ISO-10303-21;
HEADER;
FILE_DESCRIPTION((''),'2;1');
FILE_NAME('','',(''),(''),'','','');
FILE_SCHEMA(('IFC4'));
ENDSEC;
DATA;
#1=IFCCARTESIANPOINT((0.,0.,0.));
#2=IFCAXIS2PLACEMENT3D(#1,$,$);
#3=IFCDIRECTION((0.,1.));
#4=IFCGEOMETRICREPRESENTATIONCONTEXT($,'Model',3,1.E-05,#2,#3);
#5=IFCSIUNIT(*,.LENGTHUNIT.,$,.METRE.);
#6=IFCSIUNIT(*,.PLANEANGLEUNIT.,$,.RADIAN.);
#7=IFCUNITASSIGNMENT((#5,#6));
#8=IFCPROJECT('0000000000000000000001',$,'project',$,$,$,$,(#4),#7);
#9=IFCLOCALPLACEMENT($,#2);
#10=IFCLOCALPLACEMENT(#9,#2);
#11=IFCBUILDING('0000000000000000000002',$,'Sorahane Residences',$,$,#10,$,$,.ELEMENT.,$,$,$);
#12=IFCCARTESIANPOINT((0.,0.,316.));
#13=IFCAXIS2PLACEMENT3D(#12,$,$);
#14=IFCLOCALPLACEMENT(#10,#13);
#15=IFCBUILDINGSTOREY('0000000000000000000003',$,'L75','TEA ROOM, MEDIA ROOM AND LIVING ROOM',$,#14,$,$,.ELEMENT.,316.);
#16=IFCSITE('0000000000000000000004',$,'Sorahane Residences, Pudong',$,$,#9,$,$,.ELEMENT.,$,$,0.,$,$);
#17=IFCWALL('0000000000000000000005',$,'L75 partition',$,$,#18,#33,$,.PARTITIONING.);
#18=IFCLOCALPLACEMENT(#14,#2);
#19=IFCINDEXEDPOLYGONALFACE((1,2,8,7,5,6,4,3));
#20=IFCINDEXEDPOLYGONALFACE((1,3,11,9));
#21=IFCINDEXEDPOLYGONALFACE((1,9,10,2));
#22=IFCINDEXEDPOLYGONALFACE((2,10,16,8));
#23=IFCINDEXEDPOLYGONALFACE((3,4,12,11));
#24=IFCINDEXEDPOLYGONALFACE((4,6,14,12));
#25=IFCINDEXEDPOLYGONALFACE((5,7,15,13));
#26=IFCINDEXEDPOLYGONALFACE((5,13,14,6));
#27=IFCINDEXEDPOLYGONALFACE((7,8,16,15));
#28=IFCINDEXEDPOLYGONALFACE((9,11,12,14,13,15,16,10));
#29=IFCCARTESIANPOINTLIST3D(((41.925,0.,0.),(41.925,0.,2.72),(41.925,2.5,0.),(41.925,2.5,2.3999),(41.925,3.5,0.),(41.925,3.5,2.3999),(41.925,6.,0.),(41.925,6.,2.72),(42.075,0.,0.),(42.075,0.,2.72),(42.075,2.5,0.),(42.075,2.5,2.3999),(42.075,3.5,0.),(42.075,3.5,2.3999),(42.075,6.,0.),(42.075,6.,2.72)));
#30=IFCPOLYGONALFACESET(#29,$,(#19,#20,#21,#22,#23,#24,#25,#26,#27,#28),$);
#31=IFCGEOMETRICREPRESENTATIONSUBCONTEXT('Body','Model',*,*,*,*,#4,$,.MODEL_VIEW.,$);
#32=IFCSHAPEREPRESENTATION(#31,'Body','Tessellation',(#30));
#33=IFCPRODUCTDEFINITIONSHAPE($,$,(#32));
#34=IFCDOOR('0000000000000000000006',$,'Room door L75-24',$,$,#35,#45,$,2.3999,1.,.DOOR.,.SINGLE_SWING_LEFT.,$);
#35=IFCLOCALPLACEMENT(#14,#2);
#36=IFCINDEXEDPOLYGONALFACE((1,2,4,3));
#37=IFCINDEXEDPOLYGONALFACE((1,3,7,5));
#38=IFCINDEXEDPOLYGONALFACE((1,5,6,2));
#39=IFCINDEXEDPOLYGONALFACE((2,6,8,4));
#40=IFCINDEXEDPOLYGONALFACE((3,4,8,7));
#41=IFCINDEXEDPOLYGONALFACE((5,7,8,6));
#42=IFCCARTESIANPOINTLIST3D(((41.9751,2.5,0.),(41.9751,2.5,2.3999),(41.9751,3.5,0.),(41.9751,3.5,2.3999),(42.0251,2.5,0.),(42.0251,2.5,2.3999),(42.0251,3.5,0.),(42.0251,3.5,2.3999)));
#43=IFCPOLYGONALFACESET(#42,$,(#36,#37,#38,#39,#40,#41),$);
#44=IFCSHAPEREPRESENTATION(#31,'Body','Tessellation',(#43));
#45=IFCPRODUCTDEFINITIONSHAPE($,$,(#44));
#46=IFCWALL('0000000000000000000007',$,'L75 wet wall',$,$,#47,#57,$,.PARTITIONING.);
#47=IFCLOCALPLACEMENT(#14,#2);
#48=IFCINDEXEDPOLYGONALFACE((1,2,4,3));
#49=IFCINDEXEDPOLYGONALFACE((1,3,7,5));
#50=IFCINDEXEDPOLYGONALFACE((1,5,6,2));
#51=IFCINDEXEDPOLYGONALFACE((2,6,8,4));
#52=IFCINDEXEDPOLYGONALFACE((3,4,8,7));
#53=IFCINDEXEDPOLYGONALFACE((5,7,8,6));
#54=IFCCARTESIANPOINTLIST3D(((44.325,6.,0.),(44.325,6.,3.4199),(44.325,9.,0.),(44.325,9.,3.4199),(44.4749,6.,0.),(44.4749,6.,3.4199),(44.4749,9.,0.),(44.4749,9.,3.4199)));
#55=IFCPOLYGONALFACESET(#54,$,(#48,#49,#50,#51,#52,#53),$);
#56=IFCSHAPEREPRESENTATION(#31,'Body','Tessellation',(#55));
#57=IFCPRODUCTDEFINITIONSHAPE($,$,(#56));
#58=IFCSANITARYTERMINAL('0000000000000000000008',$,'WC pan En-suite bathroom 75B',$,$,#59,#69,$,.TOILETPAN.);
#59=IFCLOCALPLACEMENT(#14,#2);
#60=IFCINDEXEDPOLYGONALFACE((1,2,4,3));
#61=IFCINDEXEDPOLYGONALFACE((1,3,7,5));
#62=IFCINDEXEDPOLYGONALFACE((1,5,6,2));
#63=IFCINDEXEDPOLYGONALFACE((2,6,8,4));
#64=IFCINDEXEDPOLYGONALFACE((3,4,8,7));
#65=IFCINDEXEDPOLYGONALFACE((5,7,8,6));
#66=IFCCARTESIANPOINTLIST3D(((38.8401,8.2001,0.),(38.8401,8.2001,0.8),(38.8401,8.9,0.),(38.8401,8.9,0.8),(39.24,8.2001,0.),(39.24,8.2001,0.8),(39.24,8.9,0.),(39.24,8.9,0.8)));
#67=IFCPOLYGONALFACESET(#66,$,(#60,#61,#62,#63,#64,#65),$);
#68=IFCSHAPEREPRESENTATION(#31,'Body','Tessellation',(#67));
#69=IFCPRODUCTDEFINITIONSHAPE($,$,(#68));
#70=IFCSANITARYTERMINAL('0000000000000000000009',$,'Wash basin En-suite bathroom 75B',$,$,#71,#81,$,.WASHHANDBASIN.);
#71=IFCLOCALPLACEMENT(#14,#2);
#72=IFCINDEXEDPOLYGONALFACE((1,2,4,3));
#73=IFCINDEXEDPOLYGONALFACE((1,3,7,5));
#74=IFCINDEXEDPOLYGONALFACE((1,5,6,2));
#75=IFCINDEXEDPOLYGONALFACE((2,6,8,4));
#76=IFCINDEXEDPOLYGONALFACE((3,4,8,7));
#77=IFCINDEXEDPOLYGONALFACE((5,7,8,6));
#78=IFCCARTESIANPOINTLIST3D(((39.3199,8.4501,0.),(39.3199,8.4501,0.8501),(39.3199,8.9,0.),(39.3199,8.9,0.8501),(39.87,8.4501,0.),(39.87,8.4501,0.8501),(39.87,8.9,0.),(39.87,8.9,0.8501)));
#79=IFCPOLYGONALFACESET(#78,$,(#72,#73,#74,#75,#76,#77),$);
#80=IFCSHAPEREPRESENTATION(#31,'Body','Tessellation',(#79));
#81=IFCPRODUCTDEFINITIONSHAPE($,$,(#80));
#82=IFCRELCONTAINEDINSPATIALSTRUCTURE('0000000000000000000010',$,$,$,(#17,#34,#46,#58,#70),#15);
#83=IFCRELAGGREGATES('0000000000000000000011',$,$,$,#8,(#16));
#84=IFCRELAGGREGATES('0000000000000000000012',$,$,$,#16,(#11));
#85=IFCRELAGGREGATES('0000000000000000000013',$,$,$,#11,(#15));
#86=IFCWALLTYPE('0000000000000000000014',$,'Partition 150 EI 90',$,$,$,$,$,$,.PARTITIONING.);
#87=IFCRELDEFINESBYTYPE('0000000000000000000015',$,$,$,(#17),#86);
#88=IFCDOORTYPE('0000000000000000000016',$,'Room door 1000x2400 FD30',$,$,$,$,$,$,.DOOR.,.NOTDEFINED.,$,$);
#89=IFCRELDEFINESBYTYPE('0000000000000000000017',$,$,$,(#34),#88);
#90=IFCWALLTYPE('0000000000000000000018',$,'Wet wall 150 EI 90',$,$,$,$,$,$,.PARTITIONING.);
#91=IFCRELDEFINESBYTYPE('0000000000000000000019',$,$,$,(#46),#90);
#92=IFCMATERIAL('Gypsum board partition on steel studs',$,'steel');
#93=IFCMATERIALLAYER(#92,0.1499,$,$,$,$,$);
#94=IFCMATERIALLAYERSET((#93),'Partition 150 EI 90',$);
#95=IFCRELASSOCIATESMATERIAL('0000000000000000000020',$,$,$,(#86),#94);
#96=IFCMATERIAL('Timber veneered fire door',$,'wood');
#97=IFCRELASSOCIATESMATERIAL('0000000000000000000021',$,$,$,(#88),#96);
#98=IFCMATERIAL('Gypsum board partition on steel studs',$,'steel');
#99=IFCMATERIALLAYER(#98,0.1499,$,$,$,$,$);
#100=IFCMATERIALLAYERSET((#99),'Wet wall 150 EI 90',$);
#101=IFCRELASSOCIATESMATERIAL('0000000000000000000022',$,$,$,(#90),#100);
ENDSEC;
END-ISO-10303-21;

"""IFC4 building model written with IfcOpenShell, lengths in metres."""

from ifc_helpers import new_model, si_unit, direction, frame, frame_2d, origin, origin_2d, place, context, subcontext, project, spatial, rectangle, extrude, material, layer, layer_set, type_object, element, fill, save


model = new_model("IFC4")

# Units and contexts
model_context = context("Model", 3, precision=1e-05, world=origin(), true_north=direction((0.0, 1.0)))
body_context = subcontext(model_context, "Body", "Model", "MODEL_VIEW")
ifc_project = project(units=[si_unit("LENGTHUNIT", "METRE"), si_unit("PLANEANGLEUNIT", "RADIAN")], contexts=[model_context])

# Site, building, storey
site_placement = place(None, origin())
site = spatial("IfcSite", under=ifc_project, at=site_placement, Name="Sorahane Residences, Pudong", CompositionType="ELEMENT", RefElevation=0.0)
building_placement = place(site_placement, origin())
building = spatial("IfcBuilding", under=site, at=building_placement, Name="Sorahane Residences", CompositionType="ELEMENT")
storey_placement = place(building_placement, frame((0.0, 0.0, 316.0)))
storey = spatial("IfcBuildingStorey", under=building, at=storey_placement, Name="L75", Description="TEA ROOM, MEDIA ROOM AND LIVING ROOM", CompositionType="ELEMENT", Elevation=316.0)

# Wall, opening, door
ifc_material_1 = material(Name="Gypsum board partition on steel studs", Category="steel")
ifc_layer_1 = layer(ifc_material_1, 0.1499)
ifc_layer_set_1 = layer_set([ifc_layer_1], Name="Partition 150 EI 90")
wall_type_1 = type_object("IfcWallType", Name="Partition 150 EI 90", PredefinedType="PARTITIONING", material=ifc_layer_set_1)
wall_1_placement = place(storey_placement, frame((42.0, 0.0, 0.0), z_axis=(0.0, 0.0, 1.0), x_axis=(0.0, 1.0, 0.0)))
wall_1 = element("IfcWall", 1, at=wall_1_placement, inside=storey, type_object=wall_type_1, Name="L75 partition", PredefinedType="PARTITIONING", context=body_context, shape_type="SweptSolid", body=[
    extrude(rectangle(XDim=6.0, YDim=0.1499, at=frame_2d((3.0, 0.0))), origin(), (0.0, 0.0, 1.0), 2.72),
])
opening_1_placement = place(wall_1_placement, frame((2.5, 0.0, 0.0)))
opening_1 = element("IfcOpeningElement", 2, at=opening_1_placement, cuts=wall_1, PredefinedType="OPENING", context=body_context, shape_type="SweptSolid", body=[
    extrude(rectangle(XDim=1.0, YDim=2.3999, at=frame_2d((0.5, 1.2))), frame((0.0, 0.085, 0.0), z_axis=(0.0, -1.0, 0.0), x_axis=(1.0, 0.0, 0.0)), (0.0, 0.0, 1.0), 0.1699),
])
ifc_material_2 = material(Name="Timber veneered fire door", Category="wood")
door_type_1 = type_object("IfcDoorType", Name="Room door 1000x2400 FD30", OperationType="NOTDEFINED", PredefinedType="DOOR", material=ifc_material_2)
door_1_placement = place(opening_1_placement, origin())
door_1 = element("IfcDoor", 3, at=door_1_placement, inside=storey, type_object=door_type_1, Name="Room door L75-24", OperationType="SINGLE_SWING_LEFT", OverallHeight=2.3999, OverallWidth=1.0, PredefinedType="DOOR", context=body_context, shape_type="SweptSolid", body=[
    extrude(rectangle(XDim=1.0, YDim=2.3999, at=frame_2d((0.5, 1.2))), frame((0.0, 0.0249, 0.0), z_axis=(0.0, -1.0, 0.0), x_axis=(1.0, 0.0, 0.0)), (0.0, 0.0, 1.0), 0.05),
])
fill(opening_1, door_1)

# Wall
ifc_material_3 = material(Name="Gypsum board partition on steel studs", Category="steel")
ifc_layer_2 = layer(ifc_material_3, 0.1499)
ifc_layer_set_2 = layer_set([ifc_layer_2], Name="Wet wall 150 EI 90")
wall_type_2 = type_object("IfcWallType", Name="Wet wall 150 EI 90", PredefinedType="PARTITIONING", material=ifc_layer_set_2)
wall_2_placement = place(storey_placement, frame((44.3999, 6.0, 0.0), z_axis=(0.0, 0.0, 1.0), x_axis=(0.0, 1.0, 0.0)))
element("IfcWall", 4, at=wall_2_placement, inside=storey, type_object=wall_type_2, Name="L75 wet wall", PredefinedType="PARTITIONING", context=body_context, shape_type="SweptSolid", body=[
    extrude(rectangle(XDim=3.0, YDim=0.1499, at=frame_2d((1.5, 0.0))), origin(), (0.0, 0.0, 1.0), 3.4199),
])

# Sanitary terminals
sanitary_terminal_1_placement = place(storey_placement, frame((39.04, 8.55, 0.0), z_axis=(0.0, 0.0, 1.0), x_axis=(1.0, 0.0, 0.0)))
element("IfcSanitaryTerminal", 5, at=sanitary_terminal_1_placement, inside=storey, Name="WC pan En-suite bathroom 75B", PredefinedType="TOILETPAN", context=body_context, shape_type="SweptSolid", body=[
    extrude(rectangle(XDim=0.3999, YDim=0.7, at=origin_2d()), origin(), (0.0, 0.0, 1.0), 0.8),
])
sanitary_terminal_2_placement = place(storey_placement, frame((39.595, 8.675, 0.0), z_axis=(0.0, 0.0, 1.0), x_axis=(1.0, 0.0, 0.0)))
element("IfcSanitaryTerminal", 6, at=sanitary_terminal_2_placement, inside=storey, Name="Wash basin En-suite bathroom 75B", PredefinedType="WASHHANDBASIN", context=body_context, shape_type="SweptSolid", body=[
    extrude(rectangle(XDim=0.55, YDim=0.45, at=origin_2d()), origin(), (0.0, 0.0, 1.0), 0.8501),
])

save(model, "model.ifc")
